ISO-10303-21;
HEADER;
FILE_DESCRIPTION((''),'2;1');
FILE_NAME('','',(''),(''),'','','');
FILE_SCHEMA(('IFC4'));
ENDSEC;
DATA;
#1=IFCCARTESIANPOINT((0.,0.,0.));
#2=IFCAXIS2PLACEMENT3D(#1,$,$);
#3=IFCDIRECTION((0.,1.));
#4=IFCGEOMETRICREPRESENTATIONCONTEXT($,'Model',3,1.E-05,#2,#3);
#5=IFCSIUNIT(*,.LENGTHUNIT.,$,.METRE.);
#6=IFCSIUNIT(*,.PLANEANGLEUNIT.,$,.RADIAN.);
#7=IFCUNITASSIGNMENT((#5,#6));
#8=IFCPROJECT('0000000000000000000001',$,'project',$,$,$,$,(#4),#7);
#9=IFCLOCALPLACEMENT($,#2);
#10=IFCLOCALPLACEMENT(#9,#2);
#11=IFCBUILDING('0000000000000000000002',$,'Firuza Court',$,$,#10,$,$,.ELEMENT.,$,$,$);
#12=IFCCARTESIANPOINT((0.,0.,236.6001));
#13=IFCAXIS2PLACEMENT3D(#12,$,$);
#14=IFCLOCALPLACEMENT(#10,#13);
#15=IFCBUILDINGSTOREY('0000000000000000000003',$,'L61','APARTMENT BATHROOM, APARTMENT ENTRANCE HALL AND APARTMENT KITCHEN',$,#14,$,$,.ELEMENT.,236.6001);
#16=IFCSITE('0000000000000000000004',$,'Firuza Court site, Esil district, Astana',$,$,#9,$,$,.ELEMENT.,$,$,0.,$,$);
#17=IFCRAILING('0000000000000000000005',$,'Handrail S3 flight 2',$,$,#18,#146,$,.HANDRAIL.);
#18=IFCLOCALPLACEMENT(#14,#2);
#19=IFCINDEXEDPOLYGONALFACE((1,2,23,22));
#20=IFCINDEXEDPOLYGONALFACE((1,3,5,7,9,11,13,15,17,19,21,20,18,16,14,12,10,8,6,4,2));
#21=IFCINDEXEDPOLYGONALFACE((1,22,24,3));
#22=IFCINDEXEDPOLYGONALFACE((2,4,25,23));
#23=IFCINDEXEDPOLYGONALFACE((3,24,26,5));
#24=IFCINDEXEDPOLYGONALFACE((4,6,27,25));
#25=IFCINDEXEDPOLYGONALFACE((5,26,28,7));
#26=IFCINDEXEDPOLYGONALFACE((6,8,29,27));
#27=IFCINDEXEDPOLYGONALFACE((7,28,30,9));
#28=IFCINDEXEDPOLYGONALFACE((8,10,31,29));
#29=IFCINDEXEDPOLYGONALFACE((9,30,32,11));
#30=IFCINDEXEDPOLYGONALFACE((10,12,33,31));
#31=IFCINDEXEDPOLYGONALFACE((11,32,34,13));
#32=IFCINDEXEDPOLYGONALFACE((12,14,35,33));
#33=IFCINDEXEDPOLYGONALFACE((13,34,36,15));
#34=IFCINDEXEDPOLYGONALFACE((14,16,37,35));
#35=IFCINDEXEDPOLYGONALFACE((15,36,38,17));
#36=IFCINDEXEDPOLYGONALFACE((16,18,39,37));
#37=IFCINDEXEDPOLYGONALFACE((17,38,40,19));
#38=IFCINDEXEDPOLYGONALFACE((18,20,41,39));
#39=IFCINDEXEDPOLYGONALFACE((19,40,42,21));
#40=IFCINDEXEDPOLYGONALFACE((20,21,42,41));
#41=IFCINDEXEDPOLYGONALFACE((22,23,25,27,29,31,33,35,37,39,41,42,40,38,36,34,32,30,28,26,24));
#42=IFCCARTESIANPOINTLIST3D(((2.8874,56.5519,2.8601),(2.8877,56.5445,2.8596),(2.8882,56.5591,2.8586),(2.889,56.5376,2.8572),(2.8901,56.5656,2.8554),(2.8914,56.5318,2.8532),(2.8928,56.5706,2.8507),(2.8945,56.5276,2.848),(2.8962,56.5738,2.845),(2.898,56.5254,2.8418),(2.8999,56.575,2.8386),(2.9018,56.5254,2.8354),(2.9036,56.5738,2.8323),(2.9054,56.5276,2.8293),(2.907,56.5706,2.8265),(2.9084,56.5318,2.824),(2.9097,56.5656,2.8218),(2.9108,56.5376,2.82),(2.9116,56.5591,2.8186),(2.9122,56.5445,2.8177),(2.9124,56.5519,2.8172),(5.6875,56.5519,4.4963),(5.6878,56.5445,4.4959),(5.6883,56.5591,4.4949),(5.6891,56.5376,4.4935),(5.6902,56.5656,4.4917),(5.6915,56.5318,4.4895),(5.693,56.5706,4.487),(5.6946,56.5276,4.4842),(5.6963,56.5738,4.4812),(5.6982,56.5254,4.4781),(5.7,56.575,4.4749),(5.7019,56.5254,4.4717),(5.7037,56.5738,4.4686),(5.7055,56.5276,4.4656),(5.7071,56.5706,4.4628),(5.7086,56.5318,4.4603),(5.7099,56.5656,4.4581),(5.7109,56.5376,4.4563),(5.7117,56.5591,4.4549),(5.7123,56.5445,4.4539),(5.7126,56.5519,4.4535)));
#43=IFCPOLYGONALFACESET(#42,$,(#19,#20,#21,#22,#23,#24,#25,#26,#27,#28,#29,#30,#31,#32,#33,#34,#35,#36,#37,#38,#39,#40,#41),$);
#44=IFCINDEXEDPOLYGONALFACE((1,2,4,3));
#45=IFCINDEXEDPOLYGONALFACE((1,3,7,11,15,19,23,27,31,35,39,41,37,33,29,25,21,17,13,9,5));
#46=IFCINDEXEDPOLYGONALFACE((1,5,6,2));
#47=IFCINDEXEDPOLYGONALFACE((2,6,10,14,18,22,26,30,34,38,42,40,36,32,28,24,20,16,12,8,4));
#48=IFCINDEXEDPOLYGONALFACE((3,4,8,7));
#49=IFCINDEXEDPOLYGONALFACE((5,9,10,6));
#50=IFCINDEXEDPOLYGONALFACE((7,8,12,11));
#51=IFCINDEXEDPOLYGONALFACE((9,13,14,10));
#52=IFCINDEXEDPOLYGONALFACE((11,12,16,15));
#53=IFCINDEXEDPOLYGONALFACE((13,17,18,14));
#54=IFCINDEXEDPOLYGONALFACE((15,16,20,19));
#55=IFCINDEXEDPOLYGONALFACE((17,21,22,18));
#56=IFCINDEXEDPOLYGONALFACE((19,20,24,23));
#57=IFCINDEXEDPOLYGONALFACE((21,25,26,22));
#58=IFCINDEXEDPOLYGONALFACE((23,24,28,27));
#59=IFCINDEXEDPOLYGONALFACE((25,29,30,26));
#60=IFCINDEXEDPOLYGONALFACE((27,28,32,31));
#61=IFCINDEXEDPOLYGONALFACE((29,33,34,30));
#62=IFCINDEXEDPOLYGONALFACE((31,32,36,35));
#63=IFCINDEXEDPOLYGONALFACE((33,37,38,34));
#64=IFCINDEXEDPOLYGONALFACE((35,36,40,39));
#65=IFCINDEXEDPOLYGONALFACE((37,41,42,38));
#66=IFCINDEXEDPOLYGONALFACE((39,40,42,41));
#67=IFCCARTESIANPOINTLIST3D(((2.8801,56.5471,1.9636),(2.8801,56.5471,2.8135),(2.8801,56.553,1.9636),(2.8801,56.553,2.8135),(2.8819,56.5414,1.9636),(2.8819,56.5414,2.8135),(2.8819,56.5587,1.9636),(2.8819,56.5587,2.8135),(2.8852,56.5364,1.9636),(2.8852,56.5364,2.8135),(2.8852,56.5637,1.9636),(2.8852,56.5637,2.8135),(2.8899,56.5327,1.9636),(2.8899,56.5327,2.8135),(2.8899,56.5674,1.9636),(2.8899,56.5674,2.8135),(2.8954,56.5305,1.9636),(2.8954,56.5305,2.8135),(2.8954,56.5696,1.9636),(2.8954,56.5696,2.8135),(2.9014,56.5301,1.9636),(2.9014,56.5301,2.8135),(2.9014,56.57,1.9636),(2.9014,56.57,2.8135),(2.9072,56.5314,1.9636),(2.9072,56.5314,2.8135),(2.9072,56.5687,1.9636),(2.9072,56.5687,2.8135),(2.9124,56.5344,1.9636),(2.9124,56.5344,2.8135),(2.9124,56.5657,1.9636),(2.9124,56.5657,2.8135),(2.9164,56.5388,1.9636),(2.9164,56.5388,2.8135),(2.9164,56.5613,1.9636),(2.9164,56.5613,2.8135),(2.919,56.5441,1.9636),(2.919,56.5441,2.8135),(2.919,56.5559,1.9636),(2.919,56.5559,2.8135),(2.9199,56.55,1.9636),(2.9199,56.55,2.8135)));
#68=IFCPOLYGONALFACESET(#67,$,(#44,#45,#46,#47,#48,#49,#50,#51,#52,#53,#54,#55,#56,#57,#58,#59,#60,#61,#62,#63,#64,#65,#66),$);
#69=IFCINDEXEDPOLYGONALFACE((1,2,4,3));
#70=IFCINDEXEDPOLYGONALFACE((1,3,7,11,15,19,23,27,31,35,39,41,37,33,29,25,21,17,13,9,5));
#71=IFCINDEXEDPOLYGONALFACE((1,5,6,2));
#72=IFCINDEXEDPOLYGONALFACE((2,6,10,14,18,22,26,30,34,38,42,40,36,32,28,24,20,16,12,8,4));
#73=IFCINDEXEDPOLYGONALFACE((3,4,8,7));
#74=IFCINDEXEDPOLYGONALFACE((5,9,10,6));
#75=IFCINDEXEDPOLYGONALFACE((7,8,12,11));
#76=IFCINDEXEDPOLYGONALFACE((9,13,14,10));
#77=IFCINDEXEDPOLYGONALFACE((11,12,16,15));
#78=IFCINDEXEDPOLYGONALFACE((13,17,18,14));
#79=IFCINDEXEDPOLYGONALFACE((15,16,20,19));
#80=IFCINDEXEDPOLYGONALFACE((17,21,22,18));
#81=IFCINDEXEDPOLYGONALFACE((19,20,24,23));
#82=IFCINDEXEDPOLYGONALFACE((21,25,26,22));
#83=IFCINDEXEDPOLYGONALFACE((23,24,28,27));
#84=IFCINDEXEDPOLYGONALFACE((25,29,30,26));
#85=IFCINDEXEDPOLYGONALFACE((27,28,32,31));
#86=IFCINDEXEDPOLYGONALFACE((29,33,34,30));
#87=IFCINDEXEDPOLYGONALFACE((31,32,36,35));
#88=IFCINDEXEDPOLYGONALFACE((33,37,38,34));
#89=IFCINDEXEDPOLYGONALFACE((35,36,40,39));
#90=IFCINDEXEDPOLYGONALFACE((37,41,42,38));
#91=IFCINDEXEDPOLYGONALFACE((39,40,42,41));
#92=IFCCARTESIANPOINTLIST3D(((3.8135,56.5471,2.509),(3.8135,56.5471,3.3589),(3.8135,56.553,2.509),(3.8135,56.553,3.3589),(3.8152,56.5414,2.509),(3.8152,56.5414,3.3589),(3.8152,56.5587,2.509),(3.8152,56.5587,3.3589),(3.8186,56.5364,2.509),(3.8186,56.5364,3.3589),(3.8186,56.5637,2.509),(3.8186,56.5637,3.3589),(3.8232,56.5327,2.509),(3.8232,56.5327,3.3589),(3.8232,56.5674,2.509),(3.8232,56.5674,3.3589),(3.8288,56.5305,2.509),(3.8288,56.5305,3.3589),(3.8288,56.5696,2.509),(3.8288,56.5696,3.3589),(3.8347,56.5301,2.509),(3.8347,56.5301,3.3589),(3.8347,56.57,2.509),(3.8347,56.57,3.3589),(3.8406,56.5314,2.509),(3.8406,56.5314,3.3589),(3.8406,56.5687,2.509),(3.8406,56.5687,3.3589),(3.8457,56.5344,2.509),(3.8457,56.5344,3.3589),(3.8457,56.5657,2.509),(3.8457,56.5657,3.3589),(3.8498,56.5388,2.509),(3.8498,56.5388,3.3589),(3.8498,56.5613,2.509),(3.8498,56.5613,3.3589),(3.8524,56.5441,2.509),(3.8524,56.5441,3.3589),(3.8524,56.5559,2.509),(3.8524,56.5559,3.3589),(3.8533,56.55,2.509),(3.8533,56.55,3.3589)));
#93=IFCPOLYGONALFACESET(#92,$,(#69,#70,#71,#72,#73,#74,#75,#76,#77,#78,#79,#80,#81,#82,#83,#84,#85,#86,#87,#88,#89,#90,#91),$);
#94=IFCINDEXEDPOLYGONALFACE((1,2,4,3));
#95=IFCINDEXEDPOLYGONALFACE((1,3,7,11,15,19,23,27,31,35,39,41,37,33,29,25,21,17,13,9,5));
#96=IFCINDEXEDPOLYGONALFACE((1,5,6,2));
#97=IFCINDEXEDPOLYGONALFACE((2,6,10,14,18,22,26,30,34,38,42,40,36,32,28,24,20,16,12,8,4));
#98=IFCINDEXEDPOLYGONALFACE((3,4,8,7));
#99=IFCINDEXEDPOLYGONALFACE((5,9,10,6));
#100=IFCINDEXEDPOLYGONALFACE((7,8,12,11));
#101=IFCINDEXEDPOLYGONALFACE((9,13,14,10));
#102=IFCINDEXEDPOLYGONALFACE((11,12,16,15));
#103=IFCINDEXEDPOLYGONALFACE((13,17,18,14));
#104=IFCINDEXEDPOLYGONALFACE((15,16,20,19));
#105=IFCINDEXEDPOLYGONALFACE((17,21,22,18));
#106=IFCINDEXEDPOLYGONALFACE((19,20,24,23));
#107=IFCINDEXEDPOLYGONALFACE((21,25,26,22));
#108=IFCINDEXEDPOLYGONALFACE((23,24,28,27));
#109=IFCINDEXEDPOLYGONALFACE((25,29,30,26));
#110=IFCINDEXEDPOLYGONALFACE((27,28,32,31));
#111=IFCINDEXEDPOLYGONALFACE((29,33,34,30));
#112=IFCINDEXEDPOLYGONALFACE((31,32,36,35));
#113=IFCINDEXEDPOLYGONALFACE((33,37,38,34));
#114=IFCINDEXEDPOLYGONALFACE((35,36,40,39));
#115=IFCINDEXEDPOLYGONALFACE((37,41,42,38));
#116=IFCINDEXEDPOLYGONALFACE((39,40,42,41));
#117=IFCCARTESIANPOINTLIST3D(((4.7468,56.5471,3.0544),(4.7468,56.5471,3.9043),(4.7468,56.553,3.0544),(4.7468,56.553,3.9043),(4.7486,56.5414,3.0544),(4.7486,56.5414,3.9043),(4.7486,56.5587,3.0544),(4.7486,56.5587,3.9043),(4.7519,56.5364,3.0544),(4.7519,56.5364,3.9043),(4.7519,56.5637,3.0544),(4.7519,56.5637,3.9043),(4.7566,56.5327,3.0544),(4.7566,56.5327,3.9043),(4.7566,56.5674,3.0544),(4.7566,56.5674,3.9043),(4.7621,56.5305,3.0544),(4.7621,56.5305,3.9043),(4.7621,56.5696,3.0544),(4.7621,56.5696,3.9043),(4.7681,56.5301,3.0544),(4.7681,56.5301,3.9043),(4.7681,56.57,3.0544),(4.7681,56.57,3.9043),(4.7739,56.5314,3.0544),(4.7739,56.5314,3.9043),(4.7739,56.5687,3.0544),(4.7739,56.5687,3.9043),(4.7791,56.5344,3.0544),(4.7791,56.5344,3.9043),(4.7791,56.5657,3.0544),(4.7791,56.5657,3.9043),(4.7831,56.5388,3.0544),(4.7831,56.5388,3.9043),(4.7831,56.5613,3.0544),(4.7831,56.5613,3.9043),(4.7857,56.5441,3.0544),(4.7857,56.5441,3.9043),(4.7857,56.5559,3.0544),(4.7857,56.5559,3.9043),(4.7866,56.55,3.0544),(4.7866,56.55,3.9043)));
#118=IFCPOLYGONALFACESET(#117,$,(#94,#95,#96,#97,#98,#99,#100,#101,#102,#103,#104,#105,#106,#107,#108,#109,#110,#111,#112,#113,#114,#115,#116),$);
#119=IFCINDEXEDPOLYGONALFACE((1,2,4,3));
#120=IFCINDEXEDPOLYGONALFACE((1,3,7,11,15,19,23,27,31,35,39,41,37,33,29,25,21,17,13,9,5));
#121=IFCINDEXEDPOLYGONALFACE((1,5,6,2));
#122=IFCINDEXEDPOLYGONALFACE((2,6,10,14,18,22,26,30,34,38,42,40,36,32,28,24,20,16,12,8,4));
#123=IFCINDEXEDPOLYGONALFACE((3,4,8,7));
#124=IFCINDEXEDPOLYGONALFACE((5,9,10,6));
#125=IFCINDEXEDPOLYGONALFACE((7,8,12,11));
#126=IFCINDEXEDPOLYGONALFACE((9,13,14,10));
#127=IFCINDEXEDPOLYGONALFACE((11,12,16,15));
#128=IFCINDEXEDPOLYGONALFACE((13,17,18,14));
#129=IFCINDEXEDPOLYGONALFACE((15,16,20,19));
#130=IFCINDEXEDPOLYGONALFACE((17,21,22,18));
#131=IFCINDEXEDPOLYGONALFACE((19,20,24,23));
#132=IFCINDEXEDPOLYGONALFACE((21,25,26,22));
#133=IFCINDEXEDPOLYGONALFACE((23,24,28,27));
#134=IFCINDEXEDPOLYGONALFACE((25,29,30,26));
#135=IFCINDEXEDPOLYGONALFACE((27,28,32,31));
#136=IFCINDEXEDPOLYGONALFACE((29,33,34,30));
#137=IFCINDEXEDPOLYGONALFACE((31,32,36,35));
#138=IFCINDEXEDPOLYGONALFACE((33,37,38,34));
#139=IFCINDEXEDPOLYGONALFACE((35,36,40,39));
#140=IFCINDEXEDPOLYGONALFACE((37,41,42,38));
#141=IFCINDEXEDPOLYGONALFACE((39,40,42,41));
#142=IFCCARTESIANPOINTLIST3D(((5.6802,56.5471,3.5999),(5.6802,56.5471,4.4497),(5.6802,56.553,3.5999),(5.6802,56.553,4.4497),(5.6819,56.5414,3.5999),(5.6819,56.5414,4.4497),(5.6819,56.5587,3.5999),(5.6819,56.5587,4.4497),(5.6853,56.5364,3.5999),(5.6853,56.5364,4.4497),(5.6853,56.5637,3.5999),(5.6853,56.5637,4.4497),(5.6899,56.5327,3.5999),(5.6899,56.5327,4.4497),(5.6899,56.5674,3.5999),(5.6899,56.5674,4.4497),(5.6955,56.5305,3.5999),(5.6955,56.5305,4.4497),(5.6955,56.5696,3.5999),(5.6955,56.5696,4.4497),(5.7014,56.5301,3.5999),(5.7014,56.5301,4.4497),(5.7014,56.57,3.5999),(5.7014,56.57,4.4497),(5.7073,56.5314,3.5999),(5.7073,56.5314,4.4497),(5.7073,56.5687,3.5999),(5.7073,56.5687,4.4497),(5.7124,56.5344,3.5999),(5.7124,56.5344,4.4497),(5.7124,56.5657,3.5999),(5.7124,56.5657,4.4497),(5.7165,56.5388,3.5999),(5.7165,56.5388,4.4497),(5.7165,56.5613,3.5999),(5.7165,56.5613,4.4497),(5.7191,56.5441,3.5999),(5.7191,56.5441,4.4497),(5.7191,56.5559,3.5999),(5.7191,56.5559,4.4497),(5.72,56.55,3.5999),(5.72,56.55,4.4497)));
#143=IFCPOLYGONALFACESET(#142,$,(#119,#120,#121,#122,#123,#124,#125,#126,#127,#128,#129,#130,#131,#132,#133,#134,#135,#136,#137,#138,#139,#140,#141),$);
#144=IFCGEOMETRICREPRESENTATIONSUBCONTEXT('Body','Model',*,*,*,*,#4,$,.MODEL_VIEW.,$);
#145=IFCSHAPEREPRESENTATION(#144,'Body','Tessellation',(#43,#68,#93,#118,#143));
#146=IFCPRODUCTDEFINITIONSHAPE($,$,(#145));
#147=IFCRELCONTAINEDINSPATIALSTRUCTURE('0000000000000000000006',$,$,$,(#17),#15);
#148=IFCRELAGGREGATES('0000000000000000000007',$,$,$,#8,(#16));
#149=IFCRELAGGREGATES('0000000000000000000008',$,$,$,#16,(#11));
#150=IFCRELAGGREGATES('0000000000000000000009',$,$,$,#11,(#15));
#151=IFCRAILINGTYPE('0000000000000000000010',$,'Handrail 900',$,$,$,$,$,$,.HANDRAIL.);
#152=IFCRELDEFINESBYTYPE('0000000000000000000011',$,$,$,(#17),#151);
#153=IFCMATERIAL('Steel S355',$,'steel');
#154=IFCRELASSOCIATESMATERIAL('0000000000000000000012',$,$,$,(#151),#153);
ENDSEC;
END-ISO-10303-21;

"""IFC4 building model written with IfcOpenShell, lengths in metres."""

from ifc_helpers import new_model, si_unit, direction, frame, origin, origin_2d, place, context, subcontext, project, spatial, circle, extrude, material, type_object, element, save


model = new_model("IFC4")

# Units and contexts
model_context = context("Model", 3, precision=1e-05, world=origin(), true_north=direction((0.0, 1.0)))
body_context = subcontext(model_context, "Body", "Model", "MODEL_VIEW")
ifc_project = project(units=[si_unit("LENGTHUNIT", "METRE"), si_unit("PLANEANGLEUNIT", "RADIAN")], contexts=[model_context])

# Site, building, storey
site_placement = place(None, origin())
site = spatial("IfcSite", under=ifc_project, at=site_placement, Name="Firuza Court site, Esil district, Astana", CompositionType="ELEMENT", RefElevation=0.0)
building_placement = place(site_placement, origin())
building = spatial("IfcBuilding", under=site, at=building_placement, Name="Firuza Court", CompositionType="ELEMENT")
storey_placement = place(building_placement, frame((0.0, 0.0, 236.6001)))
storey = spatial("IfcBuildingStorey", under=building, at=storey_placement, Name="L61", Description="APARTMENT BATHROOM, APARTMENT ENTRANCE HALL AND APARTMENT KITCHEN", CompositionType="ELEMENT", Elevation=236.6001)

# Railing
ifc_material_1 = material(Name="Steel S355", Category="steel")
railing_type_1 = type_object("IfcRailingType", Name="Handrail 900", PredefinedType="HANDRAIL", material=ifc_material_1)
railing_1_placement = place(storey_placement, frame((2.8999, 56.55, 1.9636)))
element("IfcRailing", 1, at=railing_1_placement, inside=storey, type_object=railing_type_1, Name="Handrail S3 flight 2", PredefinedType="HANDRAIL", context=body_context, shape_type="SweptSolid", body=[
    extrude(circle(Radius=0.0249, at=origin_2d()), frame((0.0, 0.0, 0.875), z_axis=(0.863394, 0.0, 0.504531), x_axis=(0.0, 1.0, 0.0)), (0.0, 0.0, 1.0), 3.2432),
    extrude(circle(Radius=0.02, at=origin_2d()), origin(), (0.0, 0.0, 1.0), 0.8499),
    extrude(circle(Radius=0.02, at=origin_2d()), frame((0.9333, 0.0, 0.5454)), (0.0, 0.0, 1.0), 0.8499),
    extrude(circle(Radius=0.02, at=origin_2d()), frame((1.8667, 0.0, 1.0908)), (0.0, 0.0, 1.0), 0.8499),
    extrude(circle(Radius=0.02, at=origin_2d()), frame((2.8, 0.0, 1.6362)), (0.0, 0.0, 1.0), 0.8499),
])

save(model, "model.ifc")
